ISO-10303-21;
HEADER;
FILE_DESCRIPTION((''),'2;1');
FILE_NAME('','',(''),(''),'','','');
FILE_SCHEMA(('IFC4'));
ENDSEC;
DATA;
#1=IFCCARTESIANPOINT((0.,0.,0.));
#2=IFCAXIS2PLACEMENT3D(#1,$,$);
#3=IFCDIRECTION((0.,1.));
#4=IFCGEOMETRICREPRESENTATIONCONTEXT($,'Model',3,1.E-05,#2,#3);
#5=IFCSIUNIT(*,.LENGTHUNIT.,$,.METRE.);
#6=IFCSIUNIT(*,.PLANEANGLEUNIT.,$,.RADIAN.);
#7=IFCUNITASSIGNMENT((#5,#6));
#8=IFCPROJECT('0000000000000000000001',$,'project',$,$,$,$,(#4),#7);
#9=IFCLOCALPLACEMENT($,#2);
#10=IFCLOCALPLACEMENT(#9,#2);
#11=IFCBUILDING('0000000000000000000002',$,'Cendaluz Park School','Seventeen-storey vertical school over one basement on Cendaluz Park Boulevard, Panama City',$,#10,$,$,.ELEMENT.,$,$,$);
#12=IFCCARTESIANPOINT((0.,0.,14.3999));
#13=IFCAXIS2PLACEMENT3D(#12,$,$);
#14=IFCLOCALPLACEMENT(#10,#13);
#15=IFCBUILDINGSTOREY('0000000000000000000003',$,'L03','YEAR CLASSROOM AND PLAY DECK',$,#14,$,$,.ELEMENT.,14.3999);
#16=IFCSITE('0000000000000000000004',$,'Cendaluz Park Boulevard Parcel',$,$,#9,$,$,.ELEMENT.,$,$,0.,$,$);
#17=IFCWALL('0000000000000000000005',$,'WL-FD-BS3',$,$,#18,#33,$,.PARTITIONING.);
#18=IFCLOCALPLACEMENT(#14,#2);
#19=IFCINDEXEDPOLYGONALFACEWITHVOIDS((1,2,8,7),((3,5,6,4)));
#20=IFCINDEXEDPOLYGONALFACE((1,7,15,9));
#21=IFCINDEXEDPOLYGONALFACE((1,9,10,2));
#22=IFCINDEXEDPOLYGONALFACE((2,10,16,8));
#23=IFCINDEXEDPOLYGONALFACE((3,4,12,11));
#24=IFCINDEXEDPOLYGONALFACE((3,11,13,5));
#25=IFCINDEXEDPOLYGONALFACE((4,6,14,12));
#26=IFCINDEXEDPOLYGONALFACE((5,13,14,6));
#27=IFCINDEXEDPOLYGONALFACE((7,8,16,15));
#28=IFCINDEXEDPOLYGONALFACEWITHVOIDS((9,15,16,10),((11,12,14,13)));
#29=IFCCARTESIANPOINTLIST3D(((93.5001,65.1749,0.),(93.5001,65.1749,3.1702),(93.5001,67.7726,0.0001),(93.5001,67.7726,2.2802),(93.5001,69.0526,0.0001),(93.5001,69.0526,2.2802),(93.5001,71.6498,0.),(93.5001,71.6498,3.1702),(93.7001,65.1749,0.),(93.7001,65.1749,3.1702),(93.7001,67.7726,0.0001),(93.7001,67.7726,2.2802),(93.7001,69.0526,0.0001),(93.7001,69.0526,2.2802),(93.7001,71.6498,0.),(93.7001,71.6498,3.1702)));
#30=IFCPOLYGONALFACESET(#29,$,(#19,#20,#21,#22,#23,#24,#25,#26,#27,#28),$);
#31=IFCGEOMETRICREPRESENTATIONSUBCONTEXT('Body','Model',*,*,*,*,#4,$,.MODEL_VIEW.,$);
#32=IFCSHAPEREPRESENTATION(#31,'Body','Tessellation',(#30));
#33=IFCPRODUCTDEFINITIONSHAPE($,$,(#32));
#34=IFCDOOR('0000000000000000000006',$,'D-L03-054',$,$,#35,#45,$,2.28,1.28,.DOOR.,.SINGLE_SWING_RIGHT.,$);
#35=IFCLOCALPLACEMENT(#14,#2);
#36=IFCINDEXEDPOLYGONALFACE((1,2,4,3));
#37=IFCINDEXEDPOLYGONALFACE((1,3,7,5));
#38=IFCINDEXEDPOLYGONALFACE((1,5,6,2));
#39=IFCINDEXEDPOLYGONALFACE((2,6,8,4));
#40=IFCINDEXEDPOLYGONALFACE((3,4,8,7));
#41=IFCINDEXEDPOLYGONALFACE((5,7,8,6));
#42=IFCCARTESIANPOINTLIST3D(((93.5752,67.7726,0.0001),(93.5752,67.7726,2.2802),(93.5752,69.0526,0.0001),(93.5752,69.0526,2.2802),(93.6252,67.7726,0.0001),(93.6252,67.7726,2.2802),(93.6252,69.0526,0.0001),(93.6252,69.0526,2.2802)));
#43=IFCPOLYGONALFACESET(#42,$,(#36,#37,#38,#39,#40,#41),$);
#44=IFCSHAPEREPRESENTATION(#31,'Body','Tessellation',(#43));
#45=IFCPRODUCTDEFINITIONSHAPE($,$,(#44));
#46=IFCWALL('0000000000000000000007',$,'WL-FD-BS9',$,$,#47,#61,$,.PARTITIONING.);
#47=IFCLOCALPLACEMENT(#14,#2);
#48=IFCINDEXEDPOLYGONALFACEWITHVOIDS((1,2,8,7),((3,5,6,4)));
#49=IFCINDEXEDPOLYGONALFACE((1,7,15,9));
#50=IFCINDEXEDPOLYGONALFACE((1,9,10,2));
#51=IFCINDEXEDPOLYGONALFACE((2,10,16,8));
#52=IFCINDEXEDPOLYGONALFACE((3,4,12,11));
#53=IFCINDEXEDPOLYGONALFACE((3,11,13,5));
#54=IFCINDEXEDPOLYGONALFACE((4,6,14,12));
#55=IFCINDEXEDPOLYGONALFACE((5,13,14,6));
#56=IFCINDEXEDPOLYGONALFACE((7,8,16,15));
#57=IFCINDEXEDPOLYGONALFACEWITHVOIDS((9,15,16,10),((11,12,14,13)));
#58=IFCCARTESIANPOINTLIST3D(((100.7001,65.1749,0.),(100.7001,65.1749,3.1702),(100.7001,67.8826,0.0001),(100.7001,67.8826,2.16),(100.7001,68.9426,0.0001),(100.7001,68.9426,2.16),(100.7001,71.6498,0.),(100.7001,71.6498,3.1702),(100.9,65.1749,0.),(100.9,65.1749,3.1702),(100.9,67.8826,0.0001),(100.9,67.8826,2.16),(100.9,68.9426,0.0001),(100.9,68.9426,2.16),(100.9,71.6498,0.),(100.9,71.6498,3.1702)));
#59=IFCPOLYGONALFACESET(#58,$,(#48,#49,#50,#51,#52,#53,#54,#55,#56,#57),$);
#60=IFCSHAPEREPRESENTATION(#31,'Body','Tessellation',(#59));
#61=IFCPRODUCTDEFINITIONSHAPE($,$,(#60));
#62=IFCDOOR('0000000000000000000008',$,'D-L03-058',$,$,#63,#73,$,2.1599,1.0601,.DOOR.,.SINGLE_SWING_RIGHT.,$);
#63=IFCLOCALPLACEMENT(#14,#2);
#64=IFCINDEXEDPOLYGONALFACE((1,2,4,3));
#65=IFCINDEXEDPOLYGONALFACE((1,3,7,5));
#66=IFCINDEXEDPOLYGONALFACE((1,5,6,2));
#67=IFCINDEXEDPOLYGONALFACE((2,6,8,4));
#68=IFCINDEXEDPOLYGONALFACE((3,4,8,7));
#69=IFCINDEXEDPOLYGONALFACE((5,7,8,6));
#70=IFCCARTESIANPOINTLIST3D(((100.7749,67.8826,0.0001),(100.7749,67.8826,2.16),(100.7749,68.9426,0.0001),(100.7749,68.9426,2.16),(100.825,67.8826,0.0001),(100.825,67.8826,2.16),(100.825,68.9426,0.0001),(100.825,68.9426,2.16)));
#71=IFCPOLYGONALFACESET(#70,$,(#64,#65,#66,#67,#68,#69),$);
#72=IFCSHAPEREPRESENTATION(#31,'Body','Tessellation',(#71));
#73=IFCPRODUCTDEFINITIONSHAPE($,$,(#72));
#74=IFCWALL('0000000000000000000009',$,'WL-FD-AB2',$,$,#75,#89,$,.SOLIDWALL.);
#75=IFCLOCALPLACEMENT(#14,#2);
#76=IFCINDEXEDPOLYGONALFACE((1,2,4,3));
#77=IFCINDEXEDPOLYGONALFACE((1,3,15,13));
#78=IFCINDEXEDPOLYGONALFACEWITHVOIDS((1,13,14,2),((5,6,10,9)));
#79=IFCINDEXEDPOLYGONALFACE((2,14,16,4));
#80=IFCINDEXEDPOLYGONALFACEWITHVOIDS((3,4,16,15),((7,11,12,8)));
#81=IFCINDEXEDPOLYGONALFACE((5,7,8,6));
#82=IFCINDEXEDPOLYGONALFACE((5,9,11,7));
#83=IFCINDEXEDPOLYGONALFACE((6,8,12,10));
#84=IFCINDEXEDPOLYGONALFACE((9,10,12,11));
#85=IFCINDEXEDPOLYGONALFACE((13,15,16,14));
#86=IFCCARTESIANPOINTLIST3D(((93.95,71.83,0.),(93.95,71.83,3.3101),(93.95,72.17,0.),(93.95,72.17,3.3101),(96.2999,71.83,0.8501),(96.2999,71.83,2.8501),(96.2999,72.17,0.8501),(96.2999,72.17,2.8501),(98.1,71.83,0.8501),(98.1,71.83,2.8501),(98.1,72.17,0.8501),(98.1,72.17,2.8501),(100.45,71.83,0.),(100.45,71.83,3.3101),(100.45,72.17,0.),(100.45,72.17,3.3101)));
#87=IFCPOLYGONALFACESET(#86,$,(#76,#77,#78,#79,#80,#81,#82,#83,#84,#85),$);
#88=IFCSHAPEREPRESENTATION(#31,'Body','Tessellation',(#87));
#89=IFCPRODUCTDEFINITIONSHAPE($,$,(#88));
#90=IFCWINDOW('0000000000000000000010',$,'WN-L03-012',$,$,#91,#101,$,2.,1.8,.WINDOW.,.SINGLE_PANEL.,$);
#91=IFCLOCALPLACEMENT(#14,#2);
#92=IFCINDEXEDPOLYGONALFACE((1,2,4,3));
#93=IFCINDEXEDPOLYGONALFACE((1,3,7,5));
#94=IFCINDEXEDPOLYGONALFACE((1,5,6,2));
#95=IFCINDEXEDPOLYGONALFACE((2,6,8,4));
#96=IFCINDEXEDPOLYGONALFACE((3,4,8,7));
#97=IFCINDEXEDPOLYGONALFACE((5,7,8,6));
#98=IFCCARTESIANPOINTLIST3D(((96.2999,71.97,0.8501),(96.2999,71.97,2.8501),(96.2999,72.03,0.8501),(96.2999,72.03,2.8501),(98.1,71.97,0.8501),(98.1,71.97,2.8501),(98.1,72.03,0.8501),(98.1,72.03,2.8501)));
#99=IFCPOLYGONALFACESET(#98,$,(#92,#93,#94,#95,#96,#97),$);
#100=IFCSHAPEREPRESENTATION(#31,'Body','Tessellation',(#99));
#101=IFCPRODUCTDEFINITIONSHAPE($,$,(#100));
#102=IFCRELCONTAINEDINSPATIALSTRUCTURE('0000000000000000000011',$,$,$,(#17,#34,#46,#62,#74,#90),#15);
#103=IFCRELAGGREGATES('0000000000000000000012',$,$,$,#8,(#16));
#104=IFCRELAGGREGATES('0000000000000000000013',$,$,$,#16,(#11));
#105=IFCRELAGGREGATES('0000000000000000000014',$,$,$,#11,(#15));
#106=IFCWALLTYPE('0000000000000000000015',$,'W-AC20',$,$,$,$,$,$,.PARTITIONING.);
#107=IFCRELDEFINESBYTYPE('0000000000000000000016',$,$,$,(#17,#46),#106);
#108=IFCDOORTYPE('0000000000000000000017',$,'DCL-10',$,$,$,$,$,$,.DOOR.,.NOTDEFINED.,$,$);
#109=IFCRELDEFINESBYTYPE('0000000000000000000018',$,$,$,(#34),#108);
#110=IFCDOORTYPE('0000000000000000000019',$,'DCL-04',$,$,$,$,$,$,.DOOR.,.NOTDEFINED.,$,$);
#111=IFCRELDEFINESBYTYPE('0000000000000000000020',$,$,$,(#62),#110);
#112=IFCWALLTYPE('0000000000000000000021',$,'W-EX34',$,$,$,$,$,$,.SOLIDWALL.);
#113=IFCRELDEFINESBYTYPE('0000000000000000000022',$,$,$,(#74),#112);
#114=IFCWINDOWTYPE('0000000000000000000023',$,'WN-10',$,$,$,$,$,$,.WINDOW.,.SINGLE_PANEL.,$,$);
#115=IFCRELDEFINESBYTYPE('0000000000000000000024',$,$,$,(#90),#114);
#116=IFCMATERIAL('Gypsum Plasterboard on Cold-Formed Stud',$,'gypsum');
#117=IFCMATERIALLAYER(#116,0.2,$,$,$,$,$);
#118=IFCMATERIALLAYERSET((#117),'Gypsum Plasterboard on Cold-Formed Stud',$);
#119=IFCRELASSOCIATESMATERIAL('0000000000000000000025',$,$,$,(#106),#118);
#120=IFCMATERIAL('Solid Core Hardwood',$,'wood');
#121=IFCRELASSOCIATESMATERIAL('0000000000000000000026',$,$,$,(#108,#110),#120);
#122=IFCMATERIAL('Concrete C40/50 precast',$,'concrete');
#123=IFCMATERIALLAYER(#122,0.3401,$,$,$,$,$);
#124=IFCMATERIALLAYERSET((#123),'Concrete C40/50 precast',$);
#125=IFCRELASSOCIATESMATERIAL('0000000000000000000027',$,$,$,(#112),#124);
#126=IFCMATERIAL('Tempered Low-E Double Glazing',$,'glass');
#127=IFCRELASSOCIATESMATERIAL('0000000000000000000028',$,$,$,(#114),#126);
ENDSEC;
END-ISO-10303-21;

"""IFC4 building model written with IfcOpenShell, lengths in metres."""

from ifc_helpers import new_model, si_unit, direction, frame, frame_2d, origin, place, context, subcontext, project, spatial, rectangle, extrude, material, layer, layer_set, type_object, element, fill, save


model = new_model("IFC4")

# Units and contexts
model_context = context("Model", 3, precision=1e-05, world=origin(), true_north=direction((0.0, 1.0)))
body_context = subcontext(model_context, "Body", "Model", "MODEL_VIEW")
ifc_project = project(units=[si_unit("LENGTHUNIT", "METRE"), si_unit("PLANEANGLEUNIT", "RADIAN")], contexts=[model_context])

# Site, building, storey
site_placement = place(None, origin())
site = spatial("IfcSite", under=ifc_project, at=site_placement, Name="Cendaluz Park Boulevard Parcel", CompositionType="ELEMENT", RefElevation=0.0)
building_placement = place(site_placement, origin())
building = spatial("IfcBuilding", under=site, at=building_placement, Name="Cendaluz Park School", Description="Seventeen-storey vertical school over one basement on Cendaluz Park Boulevard, Panama City", CompositionType="ELEMENT")
storey_placement = place(building_placement, frame((0.0, 0.0, 14.3999)))
storey = spatial("IfcBuildingStorey", under=building, at=storey_placement, Name="L03", Description="YEAR CLASSROOM AND PLAY DECK", CompositionType="ELEMENT", Elevation=14.3999)

# Shared definitions
ifc_material_1 = material(Name="Tempered Low-E Double Glazing", Category="glass")

# Shared definitions
ifc_material_2 = material(Name="Gypsum Plasterboard on Cold-Formed Stud", Category="gypsum")
ifc_layer_1 = layer(ifc_material_2, 0.2)
ifc_layer_set_1 = layer_set([ifc_layer_1], Name="Gypsum Plasterboard on Cold-Formed Stud")
wall_type_1 = type_object("IfcWallType", Name="W-AC20", PredefinedType="PARTITIONING", material=ifc_layer_set_1)

# Walls, openings, doors
wall_1_placement = place(storey_placement, frame((93.6001, 65.175, 0.0), z_axis=(0.0, 0.0, 1.0), x_axis=(0.0, 1.0, 0.0)))
wall_1 = element("IfcWall", 1, at=wall_1_placement, inside=storey, type_object=wall_type_1, Name="WL-FD-BS3", PredefinedType="PARTITIONING", context=body_context, shape_type="SweptSolid", body=[
    extrude(rectangle(XDim=6.4749, YDim=0.2, at=frame_2d((3.2373, 0.0))), origin(), (0.0, 0.0, 1.0), 3.1702),
])
opening_1_placement = place(wall_1_placement, frame((2.5974, 0.0, 0.0)))
opening_1 = element("IfcOpeningElement", 2, at=opening_1_placement, cuts=wall_1, PredefinedType="OPENING", context=body_context, shape_type="SweptSolid", body=[
    extrude(rectangle(XDim=1.28, YDim=2.28, at=frame_2d((0.6401, 1.1401))), frame((0.0, 0.1121, 0.0), z_axis=(0.0, -1.0, 0.0), x_axis=(1.0, 0.0, 0.0)), (0.0, 0.0, 1.0), 0.2239),
])
ifc_material_3 = material(Name="Solid Core Hardwood", Category="wood")
door_type_1 = type_object("IfcDoorType", Name="DCL-10", OperationType="NOTDEFINED", PredefinedType="DOOR", material=ifc_material_3)
door_1_placement = place(opening_1_placement, origin())
door_1 = element("IfcDoor", 3, at=door_1_placement, inside=storey, type_object=door_type_1, Name="D-L03-054", OperationType="SINGLE_SWING_RIGHT", OverallHeight=2.28, OverallWidth=1.28, PredefinedType="DOOR", context=body_context, shape_type="SweptSolid", body=[
    extrude(rectangle(XDim=1.28, YDim=2.28, at=frame_2d((0.6401, 1.1401))), frame((0.0, 0.0249, 0.0), z_axis=(0.0, -1.0, 0.0), x_axis=(1.0, 0.0, 0.0)), (0.0, 0.0, 1.0), 0.05),
])
fill(opening_1, door_1)
wall_2_placement = place(storey_placement, frame((100.8, 65.175, 0.0), z_axis=(0.0, 0.0, 1.0), x_axis=(0.0, 1.0, 0.0)))
wall_2 = element("IfcWall", 4, at=wall_2_placement, inside=storey, type_object=wall_type_1, Name="WL-FD-BS9", PredefinedType="PARTITIONING", context=body_context, shape_type="SweptSolid", body=[
    extrude(rectangle(XDim=6.4749, YDim=0.2, at=frame_2d((3.2373, 0.0))), origin(), (0.0, 0.0, 1.0), 3.1702),
])
opening_2_placement = place(wall_2_placement, frame((2.7075, 0.0, 0.0)))
opening_2 = element("IfcOpeningElement", 5, at=opening_2_placement, cuts=wall_2, PredefinedType="OPENING", context=body_context, shape_type="SweptSolid", body=[
    extrude(rectangle(XDim=1.0601, YDim=2.1599, at=frame_2d((0.53, 1.0801))), frame((0.0, 0.1121, 0.0), z_axis=(0.0, -1.0, 0.0), x_axis=(1.0, 0.0, 0.0)), (0.0, 0.0, 1.0), 0.2239),
])
door_type_2 = type_object("IfcDoorType", Name="DCL-04", OperationType="NOTDEFINED", PredefinedType="DOOR", material=ifc_material_3)
door_2_placement = place(opening_2_placement, frame((1.0601, 0.0, 0.0), z_axis=(0.0, 0.0, 1.0), x_axis=(-1.0, 0.0, 0.0)))
door_2 = element("IfcDoor", 6, at=door_2_placement, inside=storey, type_object=door_type_2, Name="D-L03-058", OperationType="SINGLE_SWING_RIGHT", OverallHeight=2.1599, OverallWidth=1.0601, PredefinedType="DOOR", context=body_context, shape_type="SweptSolid", body=[
    extrude(rectangle(XDim=1.0601, YDim=2.1599, at=frame_2d((0.53, 1.0801))), frame((0.0, 0.0249, 0.0), z_axis=(0.0, -1.0, 0.0), x_axis=(1.0, 0.0, 0.0)), (0.0, 0.0, 1.0), 0.05),
])
fill(opening_2, door_2)

# Wall, opening, window
ifc_material_4 = material(Name="Concrete C40/50 precast", Category="concrete")
ifc_layer_2 = layer(ifc_material_4, 0.3401)
ifc_layer_set_2 = layer_set([ifc_layer_2], Name="Concrete C40/50 precast")
wall_type_2 = type_object("IfcWallType", Name="W-EX34", PredefinedType="SOLIDWALL", material=ifc_layer_set_2)
wall_3_placement = place(storey_placement, frame((93.95, 72.0, 0.0), z_axis=(0.0, 0.0, 1.0), x_axis=(1.0, 0.0, 0.0)))
wall_3 = element("IfcWall", 7, at=wall_3_placement, inside=storey, type_object=wall_type_2, Name="WL-FD-AB2", PredefinedType="SOLIDWALL", context=body_context, shape_type="SweptSolid", body=[
    extrude(rectangle(XDim=6.5, YDim=0.3401, at=frame_2d((3.25, 0.0))), origin(), (0.0, 0.0, 1.0), 3.3101),
])
opening_3_placement = place(wall_3_placement, frame((2.3501, 0.0, 0.8501)))
opening_3 = element("IfcOpeningElement", 8, at=opening_3_placement, cuts=wall_3, PredefinedType="OPENING", context=body_context, shape_type="SweptSolid", body=[
    extrude(rectangle(XDim=1.8, YDim=2.0, at=frame_2d((0.8999, 1.0))), frame((0.0, 0.1821, 0.0), z_axis=(0.0, -1.0, 0.0), x_axis=(1.0, 0.0, 0.0)), (0.0, 0.0, 1.0), 0.364),
])
window_type = type_object("IfcWindowType", Name="WN-10", PartitioningType="SINGLE_PANEL", PredefinedType="WINDOW", material=ifc_material_1)
window_placement = place(opening_3_placement, origin())
window = element("IfcWindow", 9, at=window_placement, inside=storey, type_object=window_type, Name="WN-L03-012", OverallHeight=2.0, OverallWidth=1.8, PartitioningType="SINGLE_PANEL", PredefinedType="WINDOW", context=body_context, shape_type="SweptSolid", body=[
    extrude(rectangle(XDim=1.8, YDim=2.0, at=frame_2d((0.8999, 1.0))), frame((0.0, 0.03, 0.0), z_axis=(0.0, -1.0, 0.0), x_axis=(1.0, 0.0, 0.0)), (0.0, 0.0, 1.0), 0.0601),
])
fill(opening_3, window)

save(model, "model.ifc")
